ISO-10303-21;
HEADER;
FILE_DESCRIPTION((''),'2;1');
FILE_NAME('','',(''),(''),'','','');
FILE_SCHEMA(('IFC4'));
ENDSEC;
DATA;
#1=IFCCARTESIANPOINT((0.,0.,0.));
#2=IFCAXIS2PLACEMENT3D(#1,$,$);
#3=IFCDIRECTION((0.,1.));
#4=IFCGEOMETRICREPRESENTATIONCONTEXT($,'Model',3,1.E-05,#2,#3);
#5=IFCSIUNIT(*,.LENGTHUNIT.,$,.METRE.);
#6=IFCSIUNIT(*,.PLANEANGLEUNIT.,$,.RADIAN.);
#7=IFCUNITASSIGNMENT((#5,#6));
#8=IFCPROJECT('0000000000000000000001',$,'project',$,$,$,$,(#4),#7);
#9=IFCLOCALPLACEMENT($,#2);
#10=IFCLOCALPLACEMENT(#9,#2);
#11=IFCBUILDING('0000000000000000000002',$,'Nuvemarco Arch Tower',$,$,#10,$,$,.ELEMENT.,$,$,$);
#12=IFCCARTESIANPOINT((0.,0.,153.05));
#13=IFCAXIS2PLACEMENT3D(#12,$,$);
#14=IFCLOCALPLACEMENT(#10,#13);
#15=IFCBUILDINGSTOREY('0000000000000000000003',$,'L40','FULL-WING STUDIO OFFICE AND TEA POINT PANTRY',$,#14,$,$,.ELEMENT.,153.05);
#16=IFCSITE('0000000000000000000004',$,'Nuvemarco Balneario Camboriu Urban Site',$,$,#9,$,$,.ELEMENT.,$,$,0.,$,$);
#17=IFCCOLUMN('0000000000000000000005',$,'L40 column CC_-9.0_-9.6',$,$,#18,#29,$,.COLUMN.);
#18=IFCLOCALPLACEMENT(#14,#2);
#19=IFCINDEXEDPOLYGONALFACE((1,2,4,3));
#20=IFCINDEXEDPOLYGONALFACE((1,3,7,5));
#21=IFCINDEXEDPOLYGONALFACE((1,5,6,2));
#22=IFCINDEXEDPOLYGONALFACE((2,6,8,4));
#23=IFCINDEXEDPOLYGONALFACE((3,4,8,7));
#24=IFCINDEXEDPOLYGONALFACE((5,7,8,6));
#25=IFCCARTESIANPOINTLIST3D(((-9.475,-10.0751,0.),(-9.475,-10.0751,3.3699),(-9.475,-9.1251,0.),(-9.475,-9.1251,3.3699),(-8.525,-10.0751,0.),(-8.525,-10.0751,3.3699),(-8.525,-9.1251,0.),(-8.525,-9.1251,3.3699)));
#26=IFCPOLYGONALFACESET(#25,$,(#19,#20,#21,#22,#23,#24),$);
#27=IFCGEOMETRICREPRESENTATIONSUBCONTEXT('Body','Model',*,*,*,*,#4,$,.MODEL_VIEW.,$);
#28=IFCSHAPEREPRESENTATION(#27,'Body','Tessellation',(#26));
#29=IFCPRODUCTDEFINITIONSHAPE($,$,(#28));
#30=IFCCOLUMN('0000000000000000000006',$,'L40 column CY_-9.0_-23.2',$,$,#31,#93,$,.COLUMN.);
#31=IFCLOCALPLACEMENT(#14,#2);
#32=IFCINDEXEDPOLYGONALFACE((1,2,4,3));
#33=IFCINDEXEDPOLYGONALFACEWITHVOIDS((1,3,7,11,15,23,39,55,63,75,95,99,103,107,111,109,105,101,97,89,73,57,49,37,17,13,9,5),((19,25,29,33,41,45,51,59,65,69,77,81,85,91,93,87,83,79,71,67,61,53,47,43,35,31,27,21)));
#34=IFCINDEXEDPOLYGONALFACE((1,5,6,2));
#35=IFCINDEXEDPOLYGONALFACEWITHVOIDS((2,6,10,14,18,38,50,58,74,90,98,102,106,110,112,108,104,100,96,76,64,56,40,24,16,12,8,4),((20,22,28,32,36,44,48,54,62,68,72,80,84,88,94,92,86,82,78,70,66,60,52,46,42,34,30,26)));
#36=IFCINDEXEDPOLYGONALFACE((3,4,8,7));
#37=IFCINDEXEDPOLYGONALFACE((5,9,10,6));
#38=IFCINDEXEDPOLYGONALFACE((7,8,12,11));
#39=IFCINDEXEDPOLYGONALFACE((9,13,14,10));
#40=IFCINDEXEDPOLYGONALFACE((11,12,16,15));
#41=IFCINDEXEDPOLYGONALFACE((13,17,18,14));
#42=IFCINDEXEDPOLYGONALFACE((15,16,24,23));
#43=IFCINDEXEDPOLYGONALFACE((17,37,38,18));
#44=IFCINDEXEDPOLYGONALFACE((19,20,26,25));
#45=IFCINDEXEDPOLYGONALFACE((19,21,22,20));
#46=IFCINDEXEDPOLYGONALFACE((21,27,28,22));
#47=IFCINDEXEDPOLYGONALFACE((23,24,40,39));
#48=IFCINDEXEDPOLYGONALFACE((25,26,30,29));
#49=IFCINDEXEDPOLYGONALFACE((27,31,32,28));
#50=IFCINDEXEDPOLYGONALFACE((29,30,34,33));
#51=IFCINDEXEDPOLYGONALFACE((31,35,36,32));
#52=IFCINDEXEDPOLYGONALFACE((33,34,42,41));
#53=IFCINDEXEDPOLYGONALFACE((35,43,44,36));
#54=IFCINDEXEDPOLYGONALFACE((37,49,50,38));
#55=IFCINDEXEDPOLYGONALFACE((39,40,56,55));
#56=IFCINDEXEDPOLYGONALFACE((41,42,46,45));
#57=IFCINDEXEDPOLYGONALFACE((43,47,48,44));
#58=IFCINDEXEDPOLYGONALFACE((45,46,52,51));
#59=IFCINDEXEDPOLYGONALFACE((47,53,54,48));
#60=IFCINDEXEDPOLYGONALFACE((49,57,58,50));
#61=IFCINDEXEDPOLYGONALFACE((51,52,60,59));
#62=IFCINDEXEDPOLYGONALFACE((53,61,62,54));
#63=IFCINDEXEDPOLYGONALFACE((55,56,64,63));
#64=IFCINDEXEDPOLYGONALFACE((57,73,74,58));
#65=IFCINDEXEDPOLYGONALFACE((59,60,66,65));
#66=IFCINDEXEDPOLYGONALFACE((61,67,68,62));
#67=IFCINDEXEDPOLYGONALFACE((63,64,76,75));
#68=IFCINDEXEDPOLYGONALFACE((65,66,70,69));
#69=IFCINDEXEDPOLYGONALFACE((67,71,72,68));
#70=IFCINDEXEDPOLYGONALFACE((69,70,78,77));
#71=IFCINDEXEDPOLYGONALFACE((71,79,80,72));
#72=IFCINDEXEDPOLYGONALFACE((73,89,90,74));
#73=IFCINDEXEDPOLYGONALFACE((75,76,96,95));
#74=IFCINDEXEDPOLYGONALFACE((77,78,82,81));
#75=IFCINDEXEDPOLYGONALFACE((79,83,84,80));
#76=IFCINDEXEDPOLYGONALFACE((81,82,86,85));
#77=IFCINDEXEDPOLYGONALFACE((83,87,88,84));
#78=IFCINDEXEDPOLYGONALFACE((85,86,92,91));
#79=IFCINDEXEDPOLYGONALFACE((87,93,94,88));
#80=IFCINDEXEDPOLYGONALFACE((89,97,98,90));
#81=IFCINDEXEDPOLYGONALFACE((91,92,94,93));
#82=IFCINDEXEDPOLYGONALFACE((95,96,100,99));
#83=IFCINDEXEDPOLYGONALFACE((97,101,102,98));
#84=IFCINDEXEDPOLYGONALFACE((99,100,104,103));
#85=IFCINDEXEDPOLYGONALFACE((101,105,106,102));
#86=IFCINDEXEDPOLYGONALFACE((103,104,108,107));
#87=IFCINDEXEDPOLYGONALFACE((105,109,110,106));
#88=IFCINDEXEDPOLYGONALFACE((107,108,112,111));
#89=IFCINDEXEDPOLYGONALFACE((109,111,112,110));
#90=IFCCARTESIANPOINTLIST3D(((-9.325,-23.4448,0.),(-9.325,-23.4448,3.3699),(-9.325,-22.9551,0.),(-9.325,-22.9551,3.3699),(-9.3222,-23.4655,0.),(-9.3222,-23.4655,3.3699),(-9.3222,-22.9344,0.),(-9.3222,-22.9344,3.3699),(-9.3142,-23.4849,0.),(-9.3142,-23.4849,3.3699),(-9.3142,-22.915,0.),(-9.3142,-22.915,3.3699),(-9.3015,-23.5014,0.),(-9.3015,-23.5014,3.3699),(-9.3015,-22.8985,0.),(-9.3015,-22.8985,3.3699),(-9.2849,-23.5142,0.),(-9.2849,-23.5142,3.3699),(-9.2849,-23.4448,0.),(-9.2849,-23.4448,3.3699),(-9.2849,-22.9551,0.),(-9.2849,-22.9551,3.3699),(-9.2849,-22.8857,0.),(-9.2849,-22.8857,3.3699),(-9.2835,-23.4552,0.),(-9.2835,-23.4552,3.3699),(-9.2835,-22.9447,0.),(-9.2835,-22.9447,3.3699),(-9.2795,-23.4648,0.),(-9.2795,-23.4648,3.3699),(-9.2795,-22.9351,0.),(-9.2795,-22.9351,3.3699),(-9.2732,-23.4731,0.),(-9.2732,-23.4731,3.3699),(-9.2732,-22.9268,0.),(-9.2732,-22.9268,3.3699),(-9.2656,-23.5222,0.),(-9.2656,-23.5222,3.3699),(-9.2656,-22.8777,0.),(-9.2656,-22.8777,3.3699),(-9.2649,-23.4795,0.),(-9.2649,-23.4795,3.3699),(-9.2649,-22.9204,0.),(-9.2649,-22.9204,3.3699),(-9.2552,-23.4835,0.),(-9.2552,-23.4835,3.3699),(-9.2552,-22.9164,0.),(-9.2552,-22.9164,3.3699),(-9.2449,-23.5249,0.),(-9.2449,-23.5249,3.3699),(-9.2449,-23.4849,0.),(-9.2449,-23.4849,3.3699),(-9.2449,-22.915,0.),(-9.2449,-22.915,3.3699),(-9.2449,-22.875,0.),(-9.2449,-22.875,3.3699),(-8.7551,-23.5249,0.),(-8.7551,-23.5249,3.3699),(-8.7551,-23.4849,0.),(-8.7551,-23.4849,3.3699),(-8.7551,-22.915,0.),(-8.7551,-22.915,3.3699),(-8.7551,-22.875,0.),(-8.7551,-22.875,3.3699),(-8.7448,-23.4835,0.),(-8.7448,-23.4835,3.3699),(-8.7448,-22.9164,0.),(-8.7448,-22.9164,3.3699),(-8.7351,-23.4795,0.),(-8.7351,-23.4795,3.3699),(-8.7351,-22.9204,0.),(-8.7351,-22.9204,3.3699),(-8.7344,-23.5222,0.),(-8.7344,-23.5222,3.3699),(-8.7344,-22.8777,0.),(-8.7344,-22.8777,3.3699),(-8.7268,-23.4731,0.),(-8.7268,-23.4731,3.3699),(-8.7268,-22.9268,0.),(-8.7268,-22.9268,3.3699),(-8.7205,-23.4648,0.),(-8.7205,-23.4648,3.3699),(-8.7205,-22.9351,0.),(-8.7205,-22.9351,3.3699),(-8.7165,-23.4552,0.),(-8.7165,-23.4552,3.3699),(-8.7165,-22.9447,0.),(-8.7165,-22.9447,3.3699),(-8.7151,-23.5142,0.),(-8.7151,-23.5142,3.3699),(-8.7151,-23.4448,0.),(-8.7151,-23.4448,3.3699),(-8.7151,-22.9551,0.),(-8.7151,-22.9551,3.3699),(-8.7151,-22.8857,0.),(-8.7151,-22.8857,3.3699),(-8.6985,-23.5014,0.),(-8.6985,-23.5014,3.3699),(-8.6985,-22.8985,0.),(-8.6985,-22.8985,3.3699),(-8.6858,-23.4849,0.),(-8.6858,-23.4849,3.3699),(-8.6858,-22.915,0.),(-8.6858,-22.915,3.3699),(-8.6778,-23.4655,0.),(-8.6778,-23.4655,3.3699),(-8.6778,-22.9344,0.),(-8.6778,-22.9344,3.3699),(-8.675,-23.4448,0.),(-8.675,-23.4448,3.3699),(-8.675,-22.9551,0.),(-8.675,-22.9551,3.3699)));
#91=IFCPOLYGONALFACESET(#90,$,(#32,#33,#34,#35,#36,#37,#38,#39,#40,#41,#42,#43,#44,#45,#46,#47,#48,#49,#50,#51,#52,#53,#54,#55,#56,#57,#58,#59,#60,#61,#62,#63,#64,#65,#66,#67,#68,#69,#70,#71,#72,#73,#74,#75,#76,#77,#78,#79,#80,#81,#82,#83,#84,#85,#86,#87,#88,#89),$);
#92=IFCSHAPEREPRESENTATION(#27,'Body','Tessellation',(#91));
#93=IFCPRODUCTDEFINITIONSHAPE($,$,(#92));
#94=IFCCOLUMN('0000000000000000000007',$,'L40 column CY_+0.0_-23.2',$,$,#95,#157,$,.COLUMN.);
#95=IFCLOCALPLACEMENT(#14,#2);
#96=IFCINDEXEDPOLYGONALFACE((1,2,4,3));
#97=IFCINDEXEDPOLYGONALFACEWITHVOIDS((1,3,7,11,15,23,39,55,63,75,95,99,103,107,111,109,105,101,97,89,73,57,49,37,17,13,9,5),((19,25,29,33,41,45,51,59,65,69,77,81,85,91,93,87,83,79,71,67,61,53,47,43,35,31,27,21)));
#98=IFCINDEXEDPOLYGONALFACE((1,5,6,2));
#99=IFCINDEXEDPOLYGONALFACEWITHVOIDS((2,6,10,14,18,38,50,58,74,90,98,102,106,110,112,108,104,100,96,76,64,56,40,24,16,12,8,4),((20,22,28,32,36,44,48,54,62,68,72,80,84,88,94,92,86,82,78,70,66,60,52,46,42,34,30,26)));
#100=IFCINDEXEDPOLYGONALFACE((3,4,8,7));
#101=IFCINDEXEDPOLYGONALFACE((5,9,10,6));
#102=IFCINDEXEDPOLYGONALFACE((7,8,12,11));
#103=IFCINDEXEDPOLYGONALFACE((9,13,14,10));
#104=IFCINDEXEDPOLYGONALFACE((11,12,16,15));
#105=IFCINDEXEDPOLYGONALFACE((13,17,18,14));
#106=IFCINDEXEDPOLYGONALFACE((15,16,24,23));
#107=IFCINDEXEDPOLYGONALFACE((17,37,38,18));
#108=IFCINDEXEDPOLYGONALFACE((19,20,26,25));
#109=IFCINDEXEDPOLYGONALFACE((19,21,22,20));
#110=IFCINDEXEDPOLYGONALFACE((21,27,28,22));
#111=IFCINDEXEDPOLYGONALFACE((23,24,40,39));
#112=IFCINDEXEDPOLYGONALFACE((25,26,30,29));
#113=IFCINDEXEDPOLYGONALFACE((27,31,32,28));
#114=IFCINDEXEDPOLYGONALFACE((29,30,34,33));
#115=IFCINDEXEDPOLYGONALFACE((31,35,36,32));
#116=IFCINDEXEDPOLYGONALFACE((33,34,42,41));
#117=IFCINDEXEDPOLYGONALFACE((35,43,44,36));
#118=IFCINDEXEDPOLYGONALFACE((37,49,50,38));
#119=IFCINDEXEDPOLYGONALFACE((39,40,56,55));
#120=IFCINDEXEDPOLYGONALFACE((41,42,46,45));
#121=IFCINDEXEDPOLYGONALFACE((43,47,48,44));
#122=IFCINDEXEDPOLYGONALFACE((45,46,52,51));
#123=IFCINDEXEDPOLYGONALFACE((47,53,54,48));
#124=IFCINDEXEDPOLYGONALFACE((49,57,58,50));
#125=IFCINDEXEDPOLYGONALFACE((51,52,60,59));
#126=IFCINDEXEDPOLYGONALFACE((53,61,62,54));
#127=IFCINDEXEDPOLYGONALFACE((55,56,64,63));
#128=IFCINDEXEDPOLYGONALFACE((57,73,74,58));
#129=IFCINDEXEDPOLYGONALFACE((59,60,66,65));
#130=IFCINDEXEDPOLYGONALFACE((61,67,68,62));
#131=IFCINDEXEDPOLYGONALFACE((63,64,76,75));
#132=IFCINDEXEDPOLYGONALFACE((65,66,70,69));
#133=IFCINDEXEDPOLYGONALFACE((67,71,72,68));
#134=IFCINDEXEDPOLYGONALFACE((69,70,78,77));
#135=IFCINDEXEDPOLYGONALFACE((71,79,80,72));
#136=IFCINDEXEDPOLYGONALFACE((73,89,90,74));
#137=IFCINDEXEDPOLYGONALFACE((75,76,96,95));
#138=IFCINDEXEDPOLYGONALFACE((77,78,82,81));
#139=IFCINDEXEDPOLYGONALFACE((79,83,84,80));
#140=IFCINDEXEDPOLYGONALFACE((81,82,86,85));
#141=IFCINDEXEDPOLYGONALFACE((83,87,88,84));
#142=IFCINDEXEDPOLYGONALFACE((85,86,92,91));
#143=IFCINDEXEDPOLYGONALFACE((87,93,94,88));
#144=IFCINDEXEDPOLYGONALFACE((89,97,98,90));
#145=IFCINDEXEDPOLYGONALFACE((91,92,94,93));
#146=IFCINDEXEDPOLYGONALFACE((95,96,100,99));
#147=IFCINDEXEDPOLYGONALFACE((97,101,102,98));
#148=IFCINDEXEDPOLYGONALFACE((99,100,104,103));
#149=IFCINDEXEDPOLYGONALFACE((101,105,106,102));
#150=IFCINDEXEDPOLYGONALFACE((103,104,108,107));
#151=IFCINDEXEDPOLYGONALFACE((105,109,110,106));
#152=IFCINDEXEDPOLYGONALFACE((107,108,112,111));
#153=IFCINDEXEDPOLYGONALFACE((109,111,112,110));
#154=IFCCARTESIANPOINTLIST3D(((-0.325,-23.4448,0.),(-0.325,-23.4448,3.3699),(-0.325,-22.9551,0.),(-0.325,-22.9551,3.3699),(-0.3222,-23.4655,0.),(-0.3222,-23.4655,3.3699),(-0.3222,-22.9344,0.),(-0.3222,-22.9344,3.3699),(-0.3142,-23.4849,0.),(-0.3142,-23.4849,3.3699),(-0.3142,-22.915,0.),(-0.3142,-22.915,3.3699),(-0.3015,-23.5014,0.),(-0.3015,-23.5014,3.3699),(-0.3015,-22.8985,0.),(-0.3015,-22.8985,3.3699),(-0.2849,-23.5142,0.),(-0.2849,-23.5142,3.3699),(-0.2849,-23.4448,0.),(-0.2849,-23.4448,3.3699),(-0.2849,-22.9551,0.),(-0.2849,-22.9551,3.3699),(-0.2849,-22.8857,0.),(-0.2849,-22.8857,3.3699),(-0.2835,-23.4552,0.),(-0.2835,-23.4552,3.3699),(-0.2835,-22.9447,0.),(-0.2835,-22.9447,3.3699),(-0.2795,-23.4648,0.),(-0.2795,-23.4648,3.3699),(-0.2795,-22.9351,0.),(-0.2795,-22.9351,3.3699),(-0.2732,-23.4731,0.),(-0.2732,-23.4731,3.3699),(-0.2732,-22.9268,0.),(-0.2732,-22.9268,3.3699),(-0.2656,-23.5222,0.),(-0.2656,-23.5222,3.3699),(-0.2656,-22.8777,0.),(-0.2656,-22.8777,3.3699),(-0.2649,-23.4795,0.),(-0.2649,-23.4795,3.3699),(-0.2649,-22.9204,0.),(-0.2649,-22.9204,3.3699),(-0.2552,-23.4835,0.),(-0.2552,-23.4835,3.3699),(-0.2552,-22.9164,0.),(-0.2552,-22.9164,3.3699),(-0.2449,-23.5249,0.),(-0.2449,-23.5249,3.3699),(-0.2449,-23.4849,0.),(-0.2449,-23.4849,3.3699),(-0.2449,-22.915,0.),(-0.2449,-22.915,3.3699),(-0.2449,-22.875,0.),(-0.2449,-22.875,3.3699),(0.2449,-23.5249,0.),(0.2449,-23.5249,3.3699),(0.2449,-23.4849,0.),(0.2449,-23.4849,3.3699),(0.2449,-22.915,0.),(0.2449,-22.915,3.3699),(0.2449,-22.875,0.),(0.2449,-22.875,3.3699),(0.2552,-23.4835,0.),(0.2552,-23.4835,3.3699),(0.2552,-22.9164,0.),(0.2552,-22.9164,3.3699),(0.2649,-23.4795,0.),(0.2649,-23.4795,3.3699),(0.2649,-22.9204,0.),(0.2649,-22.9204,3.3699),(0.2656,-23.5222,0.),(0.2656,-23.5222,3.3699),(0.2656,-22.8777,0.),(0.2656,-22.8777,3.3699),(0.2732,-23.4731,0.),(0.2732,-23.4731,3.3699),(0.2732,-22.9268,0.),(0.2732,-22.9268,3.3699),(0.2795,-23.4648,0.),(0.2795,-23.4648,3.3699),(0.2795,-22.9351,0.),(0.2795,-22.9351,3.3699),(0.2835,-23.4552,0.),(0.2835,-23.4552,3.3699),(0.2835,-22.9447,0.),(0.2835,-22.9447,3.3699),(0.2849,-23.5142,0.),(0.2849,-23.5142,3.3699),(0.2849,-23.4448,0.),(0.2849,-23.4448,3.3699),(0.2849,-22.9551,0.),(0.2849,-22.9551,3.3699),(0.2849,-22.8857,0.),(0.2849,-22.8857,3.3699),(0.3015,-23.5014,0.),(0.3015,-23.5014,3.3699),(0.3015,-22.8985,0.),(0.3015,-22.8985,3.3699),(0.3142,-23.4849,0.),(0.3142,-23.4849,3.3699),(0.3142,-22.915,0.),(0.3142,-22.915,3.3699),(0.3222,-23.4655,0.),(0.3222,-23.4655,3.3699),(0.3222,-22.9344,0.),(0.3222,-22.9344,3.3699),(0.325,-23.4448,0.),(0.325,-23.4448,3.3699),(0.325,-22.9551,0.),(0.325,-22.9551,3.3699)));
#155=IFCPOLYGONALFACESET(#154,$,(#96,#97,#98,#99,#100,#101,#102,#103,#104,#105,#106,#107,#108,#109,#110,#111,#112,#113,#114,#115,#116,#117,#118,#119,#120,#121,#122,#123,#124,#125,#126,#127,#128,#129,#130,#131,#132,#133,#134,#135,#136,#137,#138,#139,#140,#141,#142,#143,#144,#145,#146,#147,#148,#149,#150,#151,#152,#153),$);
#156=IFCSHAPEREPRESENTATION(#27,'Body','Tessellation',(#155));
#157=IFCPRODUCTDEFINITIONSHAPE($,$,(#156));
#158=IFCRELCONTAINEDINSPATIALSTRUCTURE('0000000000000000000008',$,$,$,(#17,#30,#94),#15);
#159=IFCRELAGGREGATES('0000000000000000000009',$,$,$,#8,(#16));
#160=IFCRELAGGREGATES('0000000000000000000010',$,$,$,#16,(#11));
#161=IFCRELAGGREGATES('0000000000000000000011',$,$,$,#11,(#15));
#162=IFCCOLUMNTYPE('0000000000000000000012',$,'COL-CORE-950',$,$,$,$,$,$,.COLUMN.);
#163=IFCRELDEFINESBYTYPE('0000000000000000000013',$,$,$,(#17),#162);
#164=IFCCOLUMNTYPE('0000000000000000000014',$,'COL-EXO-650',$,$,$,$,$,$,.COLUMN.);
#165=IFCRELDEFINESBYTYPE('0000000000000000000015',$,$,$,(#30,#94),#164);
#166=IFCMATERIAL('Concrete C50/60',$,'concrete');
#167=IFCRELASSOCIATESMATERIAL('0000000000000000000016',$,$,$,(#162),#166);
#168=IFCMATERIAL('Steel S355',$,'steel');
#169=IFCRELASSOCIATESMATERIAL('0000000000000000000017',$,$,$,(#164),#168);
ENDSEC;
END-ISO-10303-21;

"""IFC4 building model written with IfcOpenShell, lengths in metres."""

from ifc_helpers import new_model, si_unit, direction, frame, origin, origin_2d, place, context, subcontext, project, spatial, rectangle, hollow_rectangle, extrude, material, material_profile, profile_set, type_object, element, save


model = new_model("IFC4")

# Units and contexts
model_context = context("Model", 3, precision=1e-05, world=origin(), true_north=direction((0.0, 1.0)))
body_context = subcontext(model_context, "Body", "Model", "MODEL_VIEW")
ifc_project = project(units=[si_unit("LENGTHUNIT", "METRE"), si_unit("PLANEANGLEUNIT", "RADIAN")], contexts=[model_context])

# Site, building, storey
site_placement = place(None, origin())
site = spatial("IfcSite", under=ifc_project, at=site_placement, Name="Nuvemarco Balneario Camboriu Urban Site", CompositionType="ELEMENT", RefElevation=0.0)
building_placement = place(site_placement, origin())
building = spatial("IfcBuilding", under=site, at=building_placement, Name="Nuvemarco Arch Tower", CompositionType="ELEMENT")
storey_placement = place(building_placement, frame((0.0, 0.0, 153.05)))
storey = spatial("IfcBuildingStorey", under=building, at=storey_placement, Name="L40", Description="FULL-WING STUDIO OFFICE AND TEA POINT PANTRY", CompositionType="ELEMENT", Elevation=153.05)

# Columns
ifc_material_1 = material(Name="Concrete C50/60", Category="concrete")
ifc_material_profile_1 = material_profile(ifc_material_1, rectangle(XDim=0.95, YDim=0.95, at=origin_2d()), Name="RC-COL-950x950")
ifc_profile_set_1 = profile_set([ifc_material_profile_1], Name="Concrete C50/60")
column_type_1 = type_object("IfcColumnType", Name="COL-CORE-950", PredefinedType="COLUMN", material=ifc_profile_set_1)
column_placement = place(storey_placement, frame((-9.0, -9.6001, 0.0), z_axis=(0.0, 0.0, 1.0), x_axis=(1.0, 0.0, 0.0)))
element("IfcColumn", 1, at=column_placement, inside=storey, type_object=column_type_1, Name="L40 column CC_-9.0_-9.6", PredefinedType="COLUMN", context=body_context, shape_type="SweptSolid", body=[
    extrude(rectangle(XDim=0.95, YDim=0.95, at=origin_2d()), origin(), (0.0, 0.0, 1.0), 3.3699),
])
ifc_material_2 = material(Name="Steel S355", Category="steel")
ifc_material_profile_2 = material_profile(ifc_material_2, hollow_rectangle(XDim=0.6499, YDim=0.6499, WallThickness=0.04, InnerFilletRadius=0.04, OuterFilletRadius=0.0801, at=origin_2d()), Name="SHS650x650x40")
ifc_profile_set_2 = profile_set([ifc_material_profile_2], Name="Steel S355")
column_type_2 = type_object("IfcColumnType", Name="COL-EXO-650", PredefinedType="COLUMN", material=ifc_profile_set_2)
for number, where, z_axis, x_axis, name in (
    (2, (-9.0, -23.2, 0.0), (0.0, 0.0, 1.0), (1.0, 0.0, 0.0), "L40 column CY_-9.0_-23.2"),
    (3, (0.0, -23.2, 0.0), (0.0, 0.0, 1.0), (1.0, 0.0, 0.0), "L40 column CY_+0.0_-23.2"),
):
    element("IfcColumn", number, at=place(storey_placement, frame(where, z_axis=z_axis, x_axis=x_axis)), inside=storey, type_object=column_type_2, Name=name, PredefinedType="COLUMN", context=body_context, shape_type="SweptSolid", body=[
        extrude(hollow_rectangle(XDim=0.6499, YDim=0.6499, WallThickness=0.04, InnerFilletRadius=0.04, OuterFilletRadius=0.0801, at=origin_2d()), origin(), (0.0, 0.0, 1.0), 3.3699),
    ])

save(model, "model.ifc")
